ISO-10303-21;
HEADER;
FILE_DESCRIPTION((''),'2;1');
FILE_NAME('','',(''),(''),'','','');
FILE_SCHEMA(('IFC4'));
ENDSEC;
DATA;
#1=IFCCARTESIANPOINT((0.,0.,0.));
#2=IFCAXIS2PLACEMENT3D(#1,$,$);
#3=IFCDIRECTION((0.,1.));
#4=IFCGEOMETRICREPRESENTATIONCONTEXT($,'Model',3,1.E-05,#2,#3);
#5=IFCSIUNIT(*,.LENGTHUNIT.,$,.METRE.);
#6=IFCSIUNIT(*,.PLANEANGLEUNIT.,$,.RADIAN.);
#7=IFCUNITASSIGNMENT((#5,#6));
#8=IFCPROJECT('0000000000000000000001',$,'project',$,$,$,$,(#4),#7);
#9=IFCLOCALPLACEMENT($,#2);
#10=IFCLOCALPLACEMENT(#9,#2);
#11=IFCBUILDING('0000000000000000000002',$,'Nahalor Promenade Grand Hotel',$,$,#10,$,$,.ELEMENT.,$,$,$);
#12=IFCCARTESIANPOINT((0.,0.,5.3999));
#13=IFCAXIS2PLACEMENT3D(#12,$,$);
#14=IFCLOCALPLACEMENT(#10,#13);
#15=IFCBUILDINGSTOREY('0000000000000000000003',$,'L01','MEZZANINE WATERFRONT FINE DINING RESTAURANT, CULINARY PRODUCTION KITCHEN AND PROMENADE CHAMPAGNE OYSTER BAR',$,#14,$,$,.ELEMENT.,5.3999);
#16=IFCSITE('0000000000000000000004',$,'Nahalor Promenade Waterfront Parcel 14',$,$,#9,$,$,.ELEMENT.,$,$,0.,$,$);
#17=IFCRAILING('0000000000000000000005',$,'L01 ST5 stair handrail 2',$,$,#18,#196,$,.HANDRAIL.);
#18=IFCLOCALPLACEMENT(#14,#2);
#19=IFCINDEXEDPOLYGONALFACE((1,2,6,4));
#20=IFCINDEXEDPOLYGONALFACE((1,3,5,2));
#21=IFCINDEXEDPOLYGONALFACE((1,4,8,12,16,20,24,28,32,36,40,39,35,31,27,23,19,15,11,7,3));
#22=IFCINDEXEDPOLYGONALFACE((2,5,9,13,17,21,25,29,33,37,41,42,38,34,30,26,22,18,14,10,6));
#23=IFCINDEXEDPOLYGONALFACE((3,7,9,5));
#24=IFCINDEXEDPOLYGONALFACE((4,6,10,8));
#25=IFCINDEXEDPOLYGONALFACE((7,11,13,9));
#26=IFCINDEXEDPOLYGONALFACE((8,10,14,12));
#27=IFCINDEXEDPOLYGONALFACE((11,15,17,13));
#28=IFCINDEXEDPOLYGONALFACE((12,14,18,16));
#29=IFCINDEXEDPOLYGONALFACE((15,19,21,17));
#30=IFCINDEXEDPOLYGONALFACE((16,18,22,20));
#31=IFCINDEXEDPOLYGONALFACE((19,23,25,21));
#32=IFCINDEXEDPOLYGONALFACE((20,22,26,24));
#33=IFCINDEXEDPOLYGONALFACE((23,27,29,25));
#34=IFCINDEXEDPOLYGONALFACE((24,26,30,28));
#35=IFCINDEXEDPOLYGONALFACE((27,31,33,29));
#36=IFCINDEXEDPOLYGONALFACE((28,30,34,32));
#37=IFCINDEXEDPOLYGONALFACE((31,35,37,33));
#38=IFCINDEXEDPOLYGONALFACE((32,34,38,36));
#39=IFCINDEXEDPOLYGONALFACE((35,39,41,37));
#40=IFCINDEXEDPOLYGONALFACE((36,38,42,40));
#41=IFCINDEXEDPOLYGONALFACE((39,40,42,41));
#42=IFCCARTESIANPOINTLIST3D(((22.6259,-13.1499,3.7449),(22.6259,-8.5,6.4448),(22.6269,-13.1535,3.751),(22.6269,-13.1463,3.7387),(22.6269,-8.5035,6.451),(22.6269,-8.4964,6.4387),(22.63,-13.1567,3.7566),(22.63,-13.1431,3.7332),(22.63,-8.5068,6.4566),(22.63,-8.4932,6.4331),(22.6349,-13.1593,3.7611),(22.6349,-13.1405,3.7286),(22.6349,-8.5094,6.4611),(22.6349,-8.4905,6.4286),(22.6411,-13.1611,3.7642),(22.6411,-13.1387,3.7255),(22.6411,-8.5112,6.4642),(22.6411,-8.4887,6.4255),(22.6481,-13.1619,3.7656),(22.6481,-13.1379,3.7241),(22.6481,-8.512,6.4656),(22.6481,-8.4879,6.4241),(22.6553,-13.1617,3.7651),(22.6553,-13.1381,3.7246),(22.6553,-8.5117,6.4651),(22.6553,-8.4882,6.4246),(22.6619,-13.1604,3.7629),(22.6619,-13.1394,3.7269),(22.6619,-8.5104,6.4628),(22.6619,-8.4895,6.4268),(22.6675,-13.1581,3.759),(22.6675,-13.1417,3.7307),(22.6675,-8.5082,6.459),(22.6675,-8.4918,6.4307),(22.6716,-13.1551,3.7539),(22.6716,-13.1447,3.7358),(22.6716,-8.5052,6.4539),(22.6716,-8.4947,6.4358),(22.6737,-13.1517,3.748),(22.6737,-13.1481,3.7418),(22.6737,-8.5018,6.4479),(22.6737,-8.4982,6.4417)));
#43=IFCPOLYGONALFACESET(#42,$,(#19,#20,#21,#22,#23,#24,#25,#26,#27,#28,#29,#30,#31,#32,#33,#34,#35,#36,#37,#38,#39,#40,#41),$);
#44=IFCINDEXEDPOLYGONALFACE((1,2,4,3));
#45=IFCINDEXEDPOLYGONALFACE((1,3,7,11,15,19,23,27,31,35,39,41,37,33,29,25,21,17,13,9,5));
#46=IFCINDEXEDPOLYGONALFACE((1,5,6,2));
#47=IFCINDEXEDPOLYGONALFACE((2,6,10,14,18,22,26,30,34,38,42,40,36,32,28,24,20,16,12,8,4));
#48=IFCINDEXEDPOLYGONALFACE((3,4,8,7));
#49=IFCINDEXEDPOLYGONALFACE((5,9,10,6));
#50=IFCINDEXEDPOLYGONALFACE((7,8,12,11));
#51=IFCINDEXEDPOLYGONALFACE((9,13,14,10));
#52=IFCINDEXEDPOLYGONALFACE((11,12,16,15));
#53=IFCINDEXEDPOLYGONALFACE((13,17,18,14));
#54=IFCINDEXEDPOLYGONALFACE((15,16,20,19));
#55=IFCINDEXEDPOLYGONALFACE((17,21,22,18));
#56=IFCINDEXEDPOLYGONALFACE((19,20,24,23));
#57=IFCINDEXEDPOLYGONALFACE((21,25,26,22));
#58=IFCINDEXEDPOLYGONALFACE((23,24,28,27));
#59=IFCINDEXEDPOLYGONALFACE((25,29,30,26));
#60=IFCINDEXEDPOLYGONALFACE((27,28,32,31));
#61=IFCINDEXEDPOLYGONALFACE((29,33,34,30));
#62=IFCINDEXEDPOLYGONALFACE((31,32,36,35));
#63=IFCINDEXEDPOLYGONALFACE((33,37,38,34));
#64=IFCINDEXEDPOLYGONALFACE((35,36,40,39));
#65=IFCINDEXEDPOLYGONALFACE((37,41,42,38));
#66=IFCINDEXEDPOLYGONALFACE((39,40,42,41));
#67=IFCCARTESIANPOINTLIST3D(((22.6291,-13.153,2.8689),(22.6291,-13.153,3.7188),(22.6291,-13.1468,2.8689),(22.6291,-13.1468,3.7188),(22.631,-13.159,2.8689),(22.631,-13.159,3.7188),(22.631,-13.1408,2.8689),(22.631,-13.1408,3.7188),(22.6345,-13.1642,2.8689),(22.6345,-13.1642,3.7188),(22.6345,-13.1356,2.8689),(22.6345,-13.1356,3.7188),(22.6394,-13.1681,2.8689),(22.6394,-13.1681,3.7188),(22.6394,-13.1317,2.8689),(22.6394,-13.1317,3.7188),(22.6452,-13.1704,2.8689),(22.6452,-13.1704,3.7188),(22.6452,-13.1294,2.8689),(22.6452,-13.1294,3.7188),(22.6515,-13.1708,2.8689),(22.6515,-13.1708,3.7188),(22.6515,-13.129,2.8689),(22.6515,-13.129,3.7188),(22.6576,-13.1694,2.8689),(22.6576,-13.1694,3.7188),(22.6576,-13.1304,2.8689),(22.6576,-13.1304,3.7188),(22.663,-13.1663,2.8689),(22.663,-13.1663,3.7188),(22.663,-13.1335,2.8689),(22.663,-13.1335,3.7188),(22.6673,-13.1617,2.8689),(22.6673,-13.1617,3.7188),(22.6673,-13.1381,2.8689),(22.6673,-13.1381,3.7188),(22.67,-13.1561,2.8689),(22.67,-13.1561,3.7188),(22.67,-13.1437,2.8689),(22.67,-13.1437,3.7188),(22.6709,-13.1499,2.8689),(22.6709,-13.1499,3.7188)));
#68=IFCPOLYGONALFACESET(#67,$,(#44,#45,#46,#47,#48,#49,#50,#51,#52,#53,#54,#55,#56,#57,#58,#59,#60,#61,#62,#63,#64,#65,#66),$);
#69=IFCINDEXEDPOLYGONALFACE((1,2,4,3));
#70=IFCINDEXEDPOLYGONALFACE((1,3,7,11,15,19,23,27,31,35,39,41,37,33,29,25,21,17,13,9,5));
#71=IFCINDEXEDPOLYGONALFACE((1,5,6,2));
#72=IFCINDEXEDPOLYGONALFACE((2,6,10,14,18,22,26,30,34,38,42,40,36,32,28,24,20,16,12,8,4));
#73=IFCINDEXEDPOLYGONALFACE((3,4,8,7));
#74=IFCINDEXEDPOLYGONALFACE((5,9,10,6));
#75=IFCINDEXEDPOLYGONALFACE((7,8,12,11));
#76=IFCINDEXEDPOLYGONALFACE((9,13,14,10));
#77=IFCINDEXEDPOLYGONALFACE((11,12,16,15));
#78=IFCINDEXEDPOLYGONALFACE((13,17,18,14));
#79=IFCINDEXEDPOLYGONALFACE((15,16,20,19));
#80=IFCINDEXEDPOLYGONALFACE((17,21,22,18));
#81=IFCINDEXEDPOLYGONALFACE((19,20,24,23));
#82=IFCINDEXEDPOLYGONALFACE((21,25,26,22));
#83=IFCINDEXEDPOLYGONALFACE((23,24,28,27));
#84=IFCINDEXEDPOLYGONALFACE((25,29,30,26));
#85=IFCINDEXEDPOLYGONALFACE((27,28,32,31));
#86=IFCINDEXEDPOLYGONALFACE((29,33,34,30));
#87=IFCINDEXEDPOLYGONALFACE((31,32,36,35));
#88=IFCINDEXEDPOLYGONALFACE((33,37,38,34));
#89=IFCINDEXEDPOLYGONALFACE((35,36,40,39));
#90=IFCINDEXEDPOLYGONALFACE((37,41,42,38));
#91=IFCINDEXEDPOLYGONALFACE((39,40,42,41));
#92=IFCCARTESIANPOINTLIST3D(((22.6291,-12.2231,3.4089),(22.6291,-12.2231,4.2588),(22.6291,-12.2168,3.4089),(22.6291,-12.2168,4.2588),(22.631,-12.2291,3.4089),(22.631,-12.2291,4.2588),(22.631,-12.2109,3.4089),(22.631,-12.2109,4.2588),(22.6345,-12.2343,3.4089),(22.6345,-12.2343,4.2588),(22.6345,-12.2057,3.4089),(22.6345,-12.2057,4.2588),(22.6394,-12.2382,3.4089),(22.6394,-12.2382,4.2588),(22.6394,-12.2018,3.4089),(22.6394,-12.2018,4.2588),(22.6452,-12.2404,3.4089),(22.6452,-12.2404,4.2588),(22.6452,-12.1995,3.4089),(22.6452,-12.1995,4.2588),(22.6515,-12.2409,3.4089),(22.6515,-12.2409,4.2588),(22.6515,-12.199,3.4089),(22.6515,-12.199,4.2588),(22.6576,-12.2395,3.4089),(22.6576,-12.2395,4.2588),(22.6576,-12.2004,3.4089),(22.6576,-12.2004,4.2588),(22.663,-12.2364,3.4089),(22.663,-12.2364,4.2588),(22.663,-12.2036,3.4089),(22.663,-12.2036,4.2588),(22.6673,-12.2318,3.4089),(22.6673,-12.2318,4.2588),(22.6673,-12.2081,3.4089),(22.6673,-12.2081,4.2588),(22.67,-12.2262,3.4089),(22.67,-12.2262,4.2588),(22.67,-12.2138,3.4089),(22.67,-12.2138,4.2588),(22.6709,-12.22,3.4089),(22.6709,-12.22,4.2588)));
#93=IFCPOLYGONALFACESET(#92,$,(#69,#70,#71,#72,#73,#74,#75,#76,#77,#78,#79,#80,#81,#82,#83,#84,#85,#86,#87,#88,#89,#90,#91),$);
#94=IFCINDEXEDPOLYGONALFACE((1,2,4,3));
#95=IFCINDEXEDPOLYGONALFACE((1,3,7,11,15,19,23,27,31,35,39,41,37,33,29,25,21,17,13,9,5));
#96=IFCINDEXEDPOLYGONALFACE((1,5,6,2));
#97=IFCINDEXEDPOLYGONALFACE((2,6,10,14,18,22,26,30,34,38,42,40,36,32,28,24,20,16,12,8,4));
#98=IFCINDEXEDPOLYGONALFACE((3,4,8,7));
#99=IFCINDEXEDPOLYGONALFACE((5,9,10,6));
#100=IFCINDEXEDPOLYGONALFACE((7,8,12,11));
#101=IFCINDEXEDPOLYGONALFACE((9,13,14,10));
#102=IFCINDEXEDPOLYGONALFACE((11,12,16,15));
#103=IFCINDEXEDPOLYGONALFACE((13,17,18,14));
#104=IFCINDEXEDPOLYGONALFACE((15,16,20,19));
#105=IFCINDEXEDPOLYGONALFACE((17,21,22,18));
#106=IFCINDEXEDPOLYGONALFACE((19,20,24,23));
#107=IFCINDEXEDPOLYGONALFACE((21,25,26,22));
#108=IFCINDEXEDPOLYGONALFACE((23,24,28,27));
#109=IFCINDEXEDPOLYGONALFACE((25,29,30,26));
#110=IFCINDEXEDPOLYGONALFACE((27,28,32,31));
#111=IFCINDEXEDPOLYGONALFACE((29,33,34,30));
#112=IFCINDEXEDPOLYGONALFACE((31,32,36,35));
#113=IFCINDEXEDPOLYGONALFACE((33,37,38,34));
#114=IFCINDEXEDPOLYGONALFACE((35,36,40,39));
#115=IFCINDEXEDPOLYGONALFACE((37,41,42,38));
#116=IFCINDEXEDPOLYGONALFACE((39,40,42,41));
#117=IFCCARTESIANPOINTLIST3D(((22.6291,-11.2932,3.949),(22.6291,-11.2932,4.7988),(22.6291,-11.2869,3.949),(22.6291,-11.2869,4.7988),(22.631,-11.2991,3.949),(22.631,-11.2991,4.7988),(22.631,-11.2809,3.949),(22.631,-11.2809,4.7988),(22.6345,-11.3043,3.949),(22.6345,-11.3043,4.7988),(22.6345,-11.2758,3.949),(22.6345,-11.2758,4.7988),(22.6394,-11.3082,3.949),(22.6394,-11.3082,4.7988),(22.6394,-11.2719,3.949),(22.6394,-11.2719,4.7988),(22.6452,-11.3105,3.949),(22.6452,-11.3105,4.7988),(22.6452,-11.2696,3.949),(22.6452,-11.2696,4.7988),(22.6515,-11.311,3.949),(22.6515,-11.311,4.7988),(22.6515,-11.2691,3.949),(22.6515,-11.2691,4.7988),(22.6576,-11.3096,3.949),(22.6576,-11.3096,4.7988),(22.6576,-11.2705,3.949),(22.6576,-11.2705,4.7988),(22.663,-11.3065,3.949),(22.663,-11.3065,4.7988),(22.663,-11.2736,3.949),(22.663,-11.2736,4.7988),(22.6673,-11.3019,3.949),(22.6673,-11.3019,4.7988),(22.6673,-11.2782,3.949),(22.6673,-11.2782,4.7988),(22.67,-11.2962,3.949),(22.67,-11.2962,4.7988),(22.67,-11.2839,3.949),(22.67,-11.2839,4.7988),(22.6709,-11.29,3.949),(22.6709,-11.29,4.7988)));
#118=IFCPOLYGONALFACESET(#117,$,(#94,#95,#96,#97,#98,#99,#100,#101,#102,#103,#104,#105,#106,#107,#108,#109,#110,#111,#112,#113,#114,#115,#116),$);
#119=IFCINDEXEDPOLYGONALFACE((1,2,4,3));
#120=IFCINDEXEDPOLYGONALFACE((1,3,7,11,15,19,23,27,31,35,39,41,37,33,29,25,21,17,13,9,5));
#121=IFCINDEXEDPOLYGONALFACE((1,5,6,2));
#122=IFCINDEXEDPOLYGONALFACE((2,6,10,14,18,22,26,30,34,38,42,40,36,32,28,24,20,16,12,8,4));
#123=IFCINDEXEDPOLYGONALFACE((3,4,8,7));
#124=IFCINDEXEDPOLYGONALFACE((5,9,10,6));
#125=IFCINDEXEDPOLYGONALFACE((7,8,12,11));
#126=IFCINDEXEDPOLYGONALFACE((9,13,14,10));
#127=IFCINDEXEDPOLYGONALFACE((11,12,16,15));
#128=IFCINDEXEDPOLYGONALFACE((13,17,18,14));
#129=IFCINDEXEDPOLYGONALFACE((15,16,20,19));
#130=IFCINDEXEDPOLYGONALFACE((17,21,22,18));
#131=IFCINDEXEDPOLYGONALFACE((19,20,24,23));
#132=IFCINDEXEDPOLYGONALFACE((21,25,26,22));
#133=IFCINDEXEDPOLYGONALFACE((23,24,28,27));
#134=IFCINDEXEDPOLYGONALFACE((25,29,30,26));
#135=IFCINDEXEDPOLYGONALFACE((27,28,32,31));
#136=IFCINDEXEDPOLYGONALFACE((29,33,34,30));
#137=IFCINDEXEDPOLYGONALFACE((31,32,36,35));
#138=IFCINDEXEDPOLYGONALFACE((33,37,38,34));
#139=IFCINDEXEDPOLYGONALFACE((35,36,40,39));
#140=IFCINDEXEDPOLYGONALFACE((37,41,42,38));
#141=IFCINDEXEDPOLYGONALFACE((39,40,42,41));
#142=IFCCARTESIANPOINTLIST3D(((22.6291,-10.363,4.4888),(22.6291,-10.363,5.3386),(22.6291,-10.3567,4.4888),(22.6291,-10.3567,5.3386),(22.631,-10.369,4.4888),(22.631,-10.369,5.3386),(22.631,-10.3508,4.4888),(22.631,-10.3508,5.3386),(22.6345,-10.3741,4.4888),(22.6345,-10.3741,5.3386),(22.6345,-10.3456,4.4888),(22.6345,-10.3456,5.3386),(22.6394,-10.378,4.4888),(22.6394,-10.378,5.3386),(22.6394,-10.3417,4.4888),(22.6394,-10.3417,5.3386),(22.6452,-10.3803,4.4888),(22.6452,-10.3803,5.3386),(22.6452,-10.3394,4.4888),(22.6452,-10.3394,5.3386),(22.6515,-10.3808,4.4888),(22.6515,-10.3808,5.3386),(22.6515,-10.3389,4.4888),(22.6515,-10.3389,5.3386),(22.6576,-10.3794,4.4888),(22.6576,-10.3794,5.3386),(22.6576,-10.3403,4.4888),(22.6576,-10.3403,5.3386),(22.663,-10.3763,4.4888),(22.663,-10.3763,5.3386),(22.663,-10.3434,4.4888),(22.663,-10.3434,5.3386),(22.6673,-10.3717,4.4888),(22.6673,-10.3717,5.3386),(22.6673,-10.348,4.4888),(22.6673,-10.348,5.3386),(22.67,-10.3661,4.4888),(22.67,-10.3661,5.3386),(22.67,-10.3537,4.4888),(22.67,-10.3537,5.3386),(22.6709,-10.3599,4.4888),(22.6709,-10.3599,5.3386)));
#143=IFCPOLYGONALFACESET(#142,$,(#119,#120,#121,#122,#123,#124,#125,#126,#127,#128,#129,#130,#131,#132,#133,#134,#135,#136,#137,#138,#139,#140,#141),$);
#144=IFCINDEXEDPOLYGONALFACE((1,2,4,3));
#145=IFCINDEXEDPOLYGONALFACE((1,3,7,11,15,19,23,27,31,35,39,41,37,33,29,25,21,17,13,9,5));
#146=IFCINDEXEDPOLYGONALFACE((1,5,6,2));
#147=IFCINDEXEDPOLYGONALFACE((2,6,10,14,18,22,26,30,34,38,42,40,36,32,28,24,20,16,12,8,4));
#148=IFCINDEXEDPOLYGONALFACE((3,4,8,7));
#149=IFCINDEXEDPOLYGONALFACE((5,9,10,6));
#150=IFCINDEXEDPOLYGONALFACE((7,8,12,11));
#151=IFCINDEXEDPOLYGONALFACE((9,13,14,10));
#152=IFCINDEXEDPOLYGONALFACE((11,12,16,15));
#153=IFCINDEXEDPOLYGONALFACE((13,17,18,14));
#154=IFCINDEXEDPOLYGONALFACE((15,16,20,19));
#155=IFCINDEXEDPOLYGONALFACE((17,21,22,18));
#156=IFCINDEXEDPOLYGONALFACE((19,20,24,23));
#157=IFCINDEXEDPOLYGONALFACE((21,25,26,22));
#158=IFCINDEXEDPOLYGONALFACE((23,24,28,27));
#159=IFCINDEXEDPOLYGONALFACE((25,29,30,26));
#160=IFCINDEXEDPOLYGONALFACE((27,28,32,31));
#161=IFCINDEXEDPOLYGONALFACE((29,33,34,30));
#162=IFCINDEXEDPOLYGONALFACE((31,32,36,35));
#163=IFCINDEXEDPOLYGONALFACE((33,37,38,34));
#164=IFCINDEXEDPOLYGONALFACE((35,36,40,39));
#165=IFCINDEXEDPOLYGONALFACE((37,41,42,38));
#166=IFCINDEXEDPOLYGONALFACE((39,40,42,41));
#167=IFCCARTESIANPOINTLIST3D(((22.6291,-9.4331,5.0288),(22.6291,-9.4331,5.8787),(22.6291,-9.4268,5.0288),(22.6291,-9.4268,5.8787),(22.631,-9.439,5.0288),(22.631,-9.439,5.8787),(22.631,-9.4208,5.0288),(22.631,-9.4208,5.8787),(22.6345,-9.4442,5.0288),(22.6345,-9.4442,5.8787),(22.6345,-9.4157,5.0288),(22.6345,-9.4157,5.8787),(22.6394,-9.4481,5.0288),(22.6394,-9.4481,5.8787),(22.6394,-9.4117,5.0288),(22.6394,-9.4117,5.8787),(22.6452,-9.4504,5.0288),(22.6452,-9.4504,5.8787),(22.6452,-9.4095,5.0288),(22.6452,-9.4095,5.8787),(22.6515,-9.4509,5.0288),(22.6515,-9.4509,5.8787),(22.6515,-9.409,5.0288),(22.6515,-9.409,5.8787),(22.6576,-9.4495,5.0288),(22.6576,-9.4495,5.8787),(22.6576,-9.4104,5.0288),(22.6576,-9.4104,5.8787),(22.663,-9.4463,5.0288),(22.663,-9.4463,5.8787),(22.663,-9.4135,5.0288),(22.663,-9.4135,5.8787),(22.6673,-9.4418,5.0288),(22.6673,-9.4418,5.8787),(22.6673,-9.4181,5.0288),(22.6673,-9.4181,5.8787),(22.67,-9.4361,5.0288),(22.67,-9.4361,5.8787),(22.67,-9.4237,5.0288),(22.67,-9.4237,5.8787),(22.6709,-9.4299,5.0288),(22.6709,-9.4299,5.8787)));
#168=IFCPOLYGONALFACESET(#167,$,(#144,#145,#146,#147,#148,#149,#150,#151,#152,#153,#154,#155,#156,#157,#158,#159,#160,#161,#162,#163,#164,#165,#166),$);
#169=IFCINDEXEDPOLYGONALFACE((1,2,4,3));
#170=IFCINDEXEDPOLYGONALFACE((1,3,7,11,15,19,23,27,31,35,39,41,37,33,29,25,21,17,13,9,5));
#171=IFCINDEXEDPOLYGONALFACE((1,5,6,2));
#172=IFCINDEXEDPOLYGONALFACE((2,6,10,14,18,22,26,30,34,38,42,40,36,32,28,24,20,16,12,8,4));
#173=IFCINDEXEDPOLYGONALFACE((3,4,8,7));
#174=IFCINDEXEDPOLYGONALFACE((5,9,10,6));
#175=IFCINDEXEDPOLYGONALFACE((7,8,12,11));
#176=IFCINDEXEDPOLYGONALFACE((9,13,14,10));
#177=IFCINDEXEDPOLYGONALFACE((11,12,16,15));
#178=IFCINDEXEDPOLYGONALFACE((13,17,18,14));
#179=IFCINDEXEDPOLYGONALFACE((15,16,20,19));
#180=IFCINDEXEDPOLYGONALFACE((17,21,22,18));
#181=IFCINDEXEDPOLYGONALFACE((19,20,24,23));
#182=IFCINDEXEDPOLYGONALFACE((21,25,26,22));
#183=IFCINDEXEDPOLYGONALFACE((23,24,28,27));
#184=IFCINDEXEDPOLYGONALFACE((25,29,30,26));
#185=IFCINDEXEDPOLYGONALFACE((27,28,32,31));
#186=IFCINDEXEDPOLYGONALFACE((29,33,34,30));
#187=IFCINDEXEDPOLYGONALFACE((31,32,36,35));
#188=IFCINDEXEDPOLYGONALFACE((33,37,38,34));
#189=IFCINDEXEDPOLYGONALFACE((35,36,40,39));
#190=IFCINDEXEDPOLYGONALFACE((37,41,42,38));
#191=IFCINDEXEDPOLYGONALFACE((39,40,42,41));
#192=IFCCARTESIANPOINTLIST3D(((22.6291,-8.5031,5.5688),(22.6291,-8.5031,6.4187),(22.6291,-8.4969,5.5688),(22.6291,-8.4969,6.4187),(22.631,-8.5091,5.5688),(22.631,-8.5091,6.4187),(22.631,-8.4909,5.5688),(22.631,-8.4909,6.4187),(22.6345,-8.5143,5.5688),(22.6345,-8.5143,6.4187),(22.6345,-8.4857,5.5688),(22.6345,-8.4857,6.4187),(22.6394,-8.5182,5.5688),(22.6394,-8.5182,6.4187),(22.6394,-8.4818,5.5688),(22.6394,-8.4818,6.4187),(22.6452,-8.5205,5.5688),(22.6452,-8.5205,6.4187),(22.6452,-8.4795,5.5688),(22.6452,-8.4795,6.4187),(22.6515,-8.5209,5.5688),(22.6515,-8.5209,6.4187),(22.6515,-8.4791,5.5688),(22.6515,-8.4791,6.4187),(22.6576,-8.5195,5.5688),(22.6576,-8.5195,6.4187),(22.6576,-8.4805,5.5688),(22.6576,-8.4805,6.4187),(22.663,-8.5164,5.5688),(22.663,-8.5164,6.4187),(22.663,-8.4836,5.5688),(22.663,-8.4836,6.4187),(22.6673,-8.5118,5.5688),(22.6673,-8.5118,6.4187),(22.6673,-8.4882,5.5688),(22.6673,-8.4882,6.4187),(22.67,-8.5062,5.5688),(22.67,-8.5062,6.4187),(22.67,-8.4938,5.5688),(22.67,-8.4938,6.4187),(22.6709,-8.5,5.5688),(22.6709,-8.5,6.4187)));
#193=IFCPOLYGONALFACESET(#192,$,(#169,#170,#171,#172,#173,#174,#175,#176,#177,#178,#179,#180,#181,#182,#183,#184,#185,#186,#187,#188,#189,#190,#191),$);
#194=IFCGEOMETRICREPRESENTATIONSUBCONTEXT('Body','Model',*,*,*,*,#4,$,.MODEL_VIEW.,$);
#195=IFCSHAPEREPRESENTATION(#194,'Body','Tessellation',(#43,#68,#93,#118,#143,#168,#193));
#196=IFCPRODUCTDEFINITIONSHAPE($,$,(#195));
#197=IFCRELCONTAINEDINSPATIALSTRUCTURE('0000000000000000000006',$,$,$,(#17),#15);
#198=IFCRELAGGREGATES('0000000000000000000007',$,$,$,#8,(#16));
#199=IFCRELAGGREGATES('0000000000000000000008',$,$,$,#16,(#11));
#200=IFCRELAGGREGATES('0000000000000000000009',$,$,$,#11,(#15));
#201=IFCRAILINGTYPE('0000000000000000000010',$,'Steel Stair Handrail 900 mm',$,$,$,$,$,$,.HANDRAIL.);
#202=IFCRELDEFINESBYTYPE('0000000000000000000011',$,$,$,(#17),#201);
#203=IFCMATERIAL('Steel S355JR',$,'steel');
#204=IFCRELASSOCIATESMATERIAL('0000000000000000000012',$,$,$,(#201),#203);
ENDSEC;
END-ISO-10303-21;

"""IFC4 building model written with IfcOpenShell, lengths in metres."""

from ifc_helpers import new_model, si_unit, direction, frame, origin, origin_2d, place, context, subcontext, project, spatial, circle, extrude, material, type_object, element, save


model = new_model("IFC4")

# Units and contexts
model_context = context("Model", 3, precision=1e-05, world=origin(), true_north=direction((0.0, 1.0)))
body_context = subcontext(model_context, "Body", "Model", "MODEL_VIEW")
ifc_project = project(units=[si_unit("LENGTHUNIT", "METRE"), si_unit("PLANEANGLEUNIT", "RADIAN")], contexts=[model_context])

# Site, building, storey
site_placement = place(None, origin())
site = spatial("IfcSite", under=ifc_project, at=site_placement, Name="Nahalor Promenade Waterfront Parcel 14", CompositionType="ELEMENT", RefElevation=0.0)
building_placement = place(site_placement, origin())
building = spatial("IfcBuilding", under=site, at=building_placement, Name="Nahalor Promenade Grand Hotel", CompositionType="ELEMENT")
storey_placement = place(building_placement, frame((0.0, 0.0, 5.3999)))
storey = spatial("IfcBuildingStorey", under=building, at=storey_placement, Name="L01", Description="MEZZANINE WATERFRONT FINE DINING RESTAURANT, CULINARY PRODUCTION KITCHEN AND PROMENADE CHAMPAGNE OYSTER BAR", CompositionType="ELEMENT", Elevation=5.3999)

# Shared definitions
ifc_material_1 = material(Name="Steel S355JR", Category="steel")

# Railing
railing_type_1 = type_object("IfcRailingType", Name="Steel Stair Handrail 900 mm", PredefinedType="HANDRAIL", material=ifc_material_1)
railing_1_placement = place(storey_placement, frame((22.6499, -13.1499, 2.8689)))
element("IfcRailing", 1, at=railing_1_placement, inside=storey, type_object=railing_type_1, Name="L01 ST5 stair handrail 2", PredefinedType="HANDRAIL", context=body_context, shape_type="SweptSolid", body=[
    extrude(circle(Radius=0.024, at=origin_2d()), frame((0.0, 0.0, 0.876), z_axis=(0.0, 0.864788, 0.502137), x_axis=(-1.0, 0.0, 0.0)), (0.0, 0.0, 1.0), 5.377),
    extrude(circle(Radius=0.021, at=origin_2d()), origin(), (0.0, 0.0, 1.0), 0.8499),
    extrude(circle(Radius=0.021, at=origin_2d()), frame((0.0, 0.9299, 0.54)), (0.0, 0.0, 1.0), 0.8499),
    extrude(circle(Radius=0.021, at=origin_2d()), frame((0.0, 1.8599, 1.0801)), (0.0, 0.0, 1.0), 0.8499),
    extrude(circle(Radius=0.021, at=origin_2d()), frame((0.0, 2.79, 1.6199)), (0.0, 0.0, 1.0), 0.8499),
    extrude(circle(Radius=0.021, at=origin_2d()), frame((0.0, 3.72, 2.1599)), (0.0, 0.0, 1.0), 0.8499),
    extrude(circle(Radius=0.021, at=origin_2d()), frame((0.0, 4.6499, 2.7)), (0.0, 0.0, 1.0), 0.8499),
])

save(model, "model.ifc")
